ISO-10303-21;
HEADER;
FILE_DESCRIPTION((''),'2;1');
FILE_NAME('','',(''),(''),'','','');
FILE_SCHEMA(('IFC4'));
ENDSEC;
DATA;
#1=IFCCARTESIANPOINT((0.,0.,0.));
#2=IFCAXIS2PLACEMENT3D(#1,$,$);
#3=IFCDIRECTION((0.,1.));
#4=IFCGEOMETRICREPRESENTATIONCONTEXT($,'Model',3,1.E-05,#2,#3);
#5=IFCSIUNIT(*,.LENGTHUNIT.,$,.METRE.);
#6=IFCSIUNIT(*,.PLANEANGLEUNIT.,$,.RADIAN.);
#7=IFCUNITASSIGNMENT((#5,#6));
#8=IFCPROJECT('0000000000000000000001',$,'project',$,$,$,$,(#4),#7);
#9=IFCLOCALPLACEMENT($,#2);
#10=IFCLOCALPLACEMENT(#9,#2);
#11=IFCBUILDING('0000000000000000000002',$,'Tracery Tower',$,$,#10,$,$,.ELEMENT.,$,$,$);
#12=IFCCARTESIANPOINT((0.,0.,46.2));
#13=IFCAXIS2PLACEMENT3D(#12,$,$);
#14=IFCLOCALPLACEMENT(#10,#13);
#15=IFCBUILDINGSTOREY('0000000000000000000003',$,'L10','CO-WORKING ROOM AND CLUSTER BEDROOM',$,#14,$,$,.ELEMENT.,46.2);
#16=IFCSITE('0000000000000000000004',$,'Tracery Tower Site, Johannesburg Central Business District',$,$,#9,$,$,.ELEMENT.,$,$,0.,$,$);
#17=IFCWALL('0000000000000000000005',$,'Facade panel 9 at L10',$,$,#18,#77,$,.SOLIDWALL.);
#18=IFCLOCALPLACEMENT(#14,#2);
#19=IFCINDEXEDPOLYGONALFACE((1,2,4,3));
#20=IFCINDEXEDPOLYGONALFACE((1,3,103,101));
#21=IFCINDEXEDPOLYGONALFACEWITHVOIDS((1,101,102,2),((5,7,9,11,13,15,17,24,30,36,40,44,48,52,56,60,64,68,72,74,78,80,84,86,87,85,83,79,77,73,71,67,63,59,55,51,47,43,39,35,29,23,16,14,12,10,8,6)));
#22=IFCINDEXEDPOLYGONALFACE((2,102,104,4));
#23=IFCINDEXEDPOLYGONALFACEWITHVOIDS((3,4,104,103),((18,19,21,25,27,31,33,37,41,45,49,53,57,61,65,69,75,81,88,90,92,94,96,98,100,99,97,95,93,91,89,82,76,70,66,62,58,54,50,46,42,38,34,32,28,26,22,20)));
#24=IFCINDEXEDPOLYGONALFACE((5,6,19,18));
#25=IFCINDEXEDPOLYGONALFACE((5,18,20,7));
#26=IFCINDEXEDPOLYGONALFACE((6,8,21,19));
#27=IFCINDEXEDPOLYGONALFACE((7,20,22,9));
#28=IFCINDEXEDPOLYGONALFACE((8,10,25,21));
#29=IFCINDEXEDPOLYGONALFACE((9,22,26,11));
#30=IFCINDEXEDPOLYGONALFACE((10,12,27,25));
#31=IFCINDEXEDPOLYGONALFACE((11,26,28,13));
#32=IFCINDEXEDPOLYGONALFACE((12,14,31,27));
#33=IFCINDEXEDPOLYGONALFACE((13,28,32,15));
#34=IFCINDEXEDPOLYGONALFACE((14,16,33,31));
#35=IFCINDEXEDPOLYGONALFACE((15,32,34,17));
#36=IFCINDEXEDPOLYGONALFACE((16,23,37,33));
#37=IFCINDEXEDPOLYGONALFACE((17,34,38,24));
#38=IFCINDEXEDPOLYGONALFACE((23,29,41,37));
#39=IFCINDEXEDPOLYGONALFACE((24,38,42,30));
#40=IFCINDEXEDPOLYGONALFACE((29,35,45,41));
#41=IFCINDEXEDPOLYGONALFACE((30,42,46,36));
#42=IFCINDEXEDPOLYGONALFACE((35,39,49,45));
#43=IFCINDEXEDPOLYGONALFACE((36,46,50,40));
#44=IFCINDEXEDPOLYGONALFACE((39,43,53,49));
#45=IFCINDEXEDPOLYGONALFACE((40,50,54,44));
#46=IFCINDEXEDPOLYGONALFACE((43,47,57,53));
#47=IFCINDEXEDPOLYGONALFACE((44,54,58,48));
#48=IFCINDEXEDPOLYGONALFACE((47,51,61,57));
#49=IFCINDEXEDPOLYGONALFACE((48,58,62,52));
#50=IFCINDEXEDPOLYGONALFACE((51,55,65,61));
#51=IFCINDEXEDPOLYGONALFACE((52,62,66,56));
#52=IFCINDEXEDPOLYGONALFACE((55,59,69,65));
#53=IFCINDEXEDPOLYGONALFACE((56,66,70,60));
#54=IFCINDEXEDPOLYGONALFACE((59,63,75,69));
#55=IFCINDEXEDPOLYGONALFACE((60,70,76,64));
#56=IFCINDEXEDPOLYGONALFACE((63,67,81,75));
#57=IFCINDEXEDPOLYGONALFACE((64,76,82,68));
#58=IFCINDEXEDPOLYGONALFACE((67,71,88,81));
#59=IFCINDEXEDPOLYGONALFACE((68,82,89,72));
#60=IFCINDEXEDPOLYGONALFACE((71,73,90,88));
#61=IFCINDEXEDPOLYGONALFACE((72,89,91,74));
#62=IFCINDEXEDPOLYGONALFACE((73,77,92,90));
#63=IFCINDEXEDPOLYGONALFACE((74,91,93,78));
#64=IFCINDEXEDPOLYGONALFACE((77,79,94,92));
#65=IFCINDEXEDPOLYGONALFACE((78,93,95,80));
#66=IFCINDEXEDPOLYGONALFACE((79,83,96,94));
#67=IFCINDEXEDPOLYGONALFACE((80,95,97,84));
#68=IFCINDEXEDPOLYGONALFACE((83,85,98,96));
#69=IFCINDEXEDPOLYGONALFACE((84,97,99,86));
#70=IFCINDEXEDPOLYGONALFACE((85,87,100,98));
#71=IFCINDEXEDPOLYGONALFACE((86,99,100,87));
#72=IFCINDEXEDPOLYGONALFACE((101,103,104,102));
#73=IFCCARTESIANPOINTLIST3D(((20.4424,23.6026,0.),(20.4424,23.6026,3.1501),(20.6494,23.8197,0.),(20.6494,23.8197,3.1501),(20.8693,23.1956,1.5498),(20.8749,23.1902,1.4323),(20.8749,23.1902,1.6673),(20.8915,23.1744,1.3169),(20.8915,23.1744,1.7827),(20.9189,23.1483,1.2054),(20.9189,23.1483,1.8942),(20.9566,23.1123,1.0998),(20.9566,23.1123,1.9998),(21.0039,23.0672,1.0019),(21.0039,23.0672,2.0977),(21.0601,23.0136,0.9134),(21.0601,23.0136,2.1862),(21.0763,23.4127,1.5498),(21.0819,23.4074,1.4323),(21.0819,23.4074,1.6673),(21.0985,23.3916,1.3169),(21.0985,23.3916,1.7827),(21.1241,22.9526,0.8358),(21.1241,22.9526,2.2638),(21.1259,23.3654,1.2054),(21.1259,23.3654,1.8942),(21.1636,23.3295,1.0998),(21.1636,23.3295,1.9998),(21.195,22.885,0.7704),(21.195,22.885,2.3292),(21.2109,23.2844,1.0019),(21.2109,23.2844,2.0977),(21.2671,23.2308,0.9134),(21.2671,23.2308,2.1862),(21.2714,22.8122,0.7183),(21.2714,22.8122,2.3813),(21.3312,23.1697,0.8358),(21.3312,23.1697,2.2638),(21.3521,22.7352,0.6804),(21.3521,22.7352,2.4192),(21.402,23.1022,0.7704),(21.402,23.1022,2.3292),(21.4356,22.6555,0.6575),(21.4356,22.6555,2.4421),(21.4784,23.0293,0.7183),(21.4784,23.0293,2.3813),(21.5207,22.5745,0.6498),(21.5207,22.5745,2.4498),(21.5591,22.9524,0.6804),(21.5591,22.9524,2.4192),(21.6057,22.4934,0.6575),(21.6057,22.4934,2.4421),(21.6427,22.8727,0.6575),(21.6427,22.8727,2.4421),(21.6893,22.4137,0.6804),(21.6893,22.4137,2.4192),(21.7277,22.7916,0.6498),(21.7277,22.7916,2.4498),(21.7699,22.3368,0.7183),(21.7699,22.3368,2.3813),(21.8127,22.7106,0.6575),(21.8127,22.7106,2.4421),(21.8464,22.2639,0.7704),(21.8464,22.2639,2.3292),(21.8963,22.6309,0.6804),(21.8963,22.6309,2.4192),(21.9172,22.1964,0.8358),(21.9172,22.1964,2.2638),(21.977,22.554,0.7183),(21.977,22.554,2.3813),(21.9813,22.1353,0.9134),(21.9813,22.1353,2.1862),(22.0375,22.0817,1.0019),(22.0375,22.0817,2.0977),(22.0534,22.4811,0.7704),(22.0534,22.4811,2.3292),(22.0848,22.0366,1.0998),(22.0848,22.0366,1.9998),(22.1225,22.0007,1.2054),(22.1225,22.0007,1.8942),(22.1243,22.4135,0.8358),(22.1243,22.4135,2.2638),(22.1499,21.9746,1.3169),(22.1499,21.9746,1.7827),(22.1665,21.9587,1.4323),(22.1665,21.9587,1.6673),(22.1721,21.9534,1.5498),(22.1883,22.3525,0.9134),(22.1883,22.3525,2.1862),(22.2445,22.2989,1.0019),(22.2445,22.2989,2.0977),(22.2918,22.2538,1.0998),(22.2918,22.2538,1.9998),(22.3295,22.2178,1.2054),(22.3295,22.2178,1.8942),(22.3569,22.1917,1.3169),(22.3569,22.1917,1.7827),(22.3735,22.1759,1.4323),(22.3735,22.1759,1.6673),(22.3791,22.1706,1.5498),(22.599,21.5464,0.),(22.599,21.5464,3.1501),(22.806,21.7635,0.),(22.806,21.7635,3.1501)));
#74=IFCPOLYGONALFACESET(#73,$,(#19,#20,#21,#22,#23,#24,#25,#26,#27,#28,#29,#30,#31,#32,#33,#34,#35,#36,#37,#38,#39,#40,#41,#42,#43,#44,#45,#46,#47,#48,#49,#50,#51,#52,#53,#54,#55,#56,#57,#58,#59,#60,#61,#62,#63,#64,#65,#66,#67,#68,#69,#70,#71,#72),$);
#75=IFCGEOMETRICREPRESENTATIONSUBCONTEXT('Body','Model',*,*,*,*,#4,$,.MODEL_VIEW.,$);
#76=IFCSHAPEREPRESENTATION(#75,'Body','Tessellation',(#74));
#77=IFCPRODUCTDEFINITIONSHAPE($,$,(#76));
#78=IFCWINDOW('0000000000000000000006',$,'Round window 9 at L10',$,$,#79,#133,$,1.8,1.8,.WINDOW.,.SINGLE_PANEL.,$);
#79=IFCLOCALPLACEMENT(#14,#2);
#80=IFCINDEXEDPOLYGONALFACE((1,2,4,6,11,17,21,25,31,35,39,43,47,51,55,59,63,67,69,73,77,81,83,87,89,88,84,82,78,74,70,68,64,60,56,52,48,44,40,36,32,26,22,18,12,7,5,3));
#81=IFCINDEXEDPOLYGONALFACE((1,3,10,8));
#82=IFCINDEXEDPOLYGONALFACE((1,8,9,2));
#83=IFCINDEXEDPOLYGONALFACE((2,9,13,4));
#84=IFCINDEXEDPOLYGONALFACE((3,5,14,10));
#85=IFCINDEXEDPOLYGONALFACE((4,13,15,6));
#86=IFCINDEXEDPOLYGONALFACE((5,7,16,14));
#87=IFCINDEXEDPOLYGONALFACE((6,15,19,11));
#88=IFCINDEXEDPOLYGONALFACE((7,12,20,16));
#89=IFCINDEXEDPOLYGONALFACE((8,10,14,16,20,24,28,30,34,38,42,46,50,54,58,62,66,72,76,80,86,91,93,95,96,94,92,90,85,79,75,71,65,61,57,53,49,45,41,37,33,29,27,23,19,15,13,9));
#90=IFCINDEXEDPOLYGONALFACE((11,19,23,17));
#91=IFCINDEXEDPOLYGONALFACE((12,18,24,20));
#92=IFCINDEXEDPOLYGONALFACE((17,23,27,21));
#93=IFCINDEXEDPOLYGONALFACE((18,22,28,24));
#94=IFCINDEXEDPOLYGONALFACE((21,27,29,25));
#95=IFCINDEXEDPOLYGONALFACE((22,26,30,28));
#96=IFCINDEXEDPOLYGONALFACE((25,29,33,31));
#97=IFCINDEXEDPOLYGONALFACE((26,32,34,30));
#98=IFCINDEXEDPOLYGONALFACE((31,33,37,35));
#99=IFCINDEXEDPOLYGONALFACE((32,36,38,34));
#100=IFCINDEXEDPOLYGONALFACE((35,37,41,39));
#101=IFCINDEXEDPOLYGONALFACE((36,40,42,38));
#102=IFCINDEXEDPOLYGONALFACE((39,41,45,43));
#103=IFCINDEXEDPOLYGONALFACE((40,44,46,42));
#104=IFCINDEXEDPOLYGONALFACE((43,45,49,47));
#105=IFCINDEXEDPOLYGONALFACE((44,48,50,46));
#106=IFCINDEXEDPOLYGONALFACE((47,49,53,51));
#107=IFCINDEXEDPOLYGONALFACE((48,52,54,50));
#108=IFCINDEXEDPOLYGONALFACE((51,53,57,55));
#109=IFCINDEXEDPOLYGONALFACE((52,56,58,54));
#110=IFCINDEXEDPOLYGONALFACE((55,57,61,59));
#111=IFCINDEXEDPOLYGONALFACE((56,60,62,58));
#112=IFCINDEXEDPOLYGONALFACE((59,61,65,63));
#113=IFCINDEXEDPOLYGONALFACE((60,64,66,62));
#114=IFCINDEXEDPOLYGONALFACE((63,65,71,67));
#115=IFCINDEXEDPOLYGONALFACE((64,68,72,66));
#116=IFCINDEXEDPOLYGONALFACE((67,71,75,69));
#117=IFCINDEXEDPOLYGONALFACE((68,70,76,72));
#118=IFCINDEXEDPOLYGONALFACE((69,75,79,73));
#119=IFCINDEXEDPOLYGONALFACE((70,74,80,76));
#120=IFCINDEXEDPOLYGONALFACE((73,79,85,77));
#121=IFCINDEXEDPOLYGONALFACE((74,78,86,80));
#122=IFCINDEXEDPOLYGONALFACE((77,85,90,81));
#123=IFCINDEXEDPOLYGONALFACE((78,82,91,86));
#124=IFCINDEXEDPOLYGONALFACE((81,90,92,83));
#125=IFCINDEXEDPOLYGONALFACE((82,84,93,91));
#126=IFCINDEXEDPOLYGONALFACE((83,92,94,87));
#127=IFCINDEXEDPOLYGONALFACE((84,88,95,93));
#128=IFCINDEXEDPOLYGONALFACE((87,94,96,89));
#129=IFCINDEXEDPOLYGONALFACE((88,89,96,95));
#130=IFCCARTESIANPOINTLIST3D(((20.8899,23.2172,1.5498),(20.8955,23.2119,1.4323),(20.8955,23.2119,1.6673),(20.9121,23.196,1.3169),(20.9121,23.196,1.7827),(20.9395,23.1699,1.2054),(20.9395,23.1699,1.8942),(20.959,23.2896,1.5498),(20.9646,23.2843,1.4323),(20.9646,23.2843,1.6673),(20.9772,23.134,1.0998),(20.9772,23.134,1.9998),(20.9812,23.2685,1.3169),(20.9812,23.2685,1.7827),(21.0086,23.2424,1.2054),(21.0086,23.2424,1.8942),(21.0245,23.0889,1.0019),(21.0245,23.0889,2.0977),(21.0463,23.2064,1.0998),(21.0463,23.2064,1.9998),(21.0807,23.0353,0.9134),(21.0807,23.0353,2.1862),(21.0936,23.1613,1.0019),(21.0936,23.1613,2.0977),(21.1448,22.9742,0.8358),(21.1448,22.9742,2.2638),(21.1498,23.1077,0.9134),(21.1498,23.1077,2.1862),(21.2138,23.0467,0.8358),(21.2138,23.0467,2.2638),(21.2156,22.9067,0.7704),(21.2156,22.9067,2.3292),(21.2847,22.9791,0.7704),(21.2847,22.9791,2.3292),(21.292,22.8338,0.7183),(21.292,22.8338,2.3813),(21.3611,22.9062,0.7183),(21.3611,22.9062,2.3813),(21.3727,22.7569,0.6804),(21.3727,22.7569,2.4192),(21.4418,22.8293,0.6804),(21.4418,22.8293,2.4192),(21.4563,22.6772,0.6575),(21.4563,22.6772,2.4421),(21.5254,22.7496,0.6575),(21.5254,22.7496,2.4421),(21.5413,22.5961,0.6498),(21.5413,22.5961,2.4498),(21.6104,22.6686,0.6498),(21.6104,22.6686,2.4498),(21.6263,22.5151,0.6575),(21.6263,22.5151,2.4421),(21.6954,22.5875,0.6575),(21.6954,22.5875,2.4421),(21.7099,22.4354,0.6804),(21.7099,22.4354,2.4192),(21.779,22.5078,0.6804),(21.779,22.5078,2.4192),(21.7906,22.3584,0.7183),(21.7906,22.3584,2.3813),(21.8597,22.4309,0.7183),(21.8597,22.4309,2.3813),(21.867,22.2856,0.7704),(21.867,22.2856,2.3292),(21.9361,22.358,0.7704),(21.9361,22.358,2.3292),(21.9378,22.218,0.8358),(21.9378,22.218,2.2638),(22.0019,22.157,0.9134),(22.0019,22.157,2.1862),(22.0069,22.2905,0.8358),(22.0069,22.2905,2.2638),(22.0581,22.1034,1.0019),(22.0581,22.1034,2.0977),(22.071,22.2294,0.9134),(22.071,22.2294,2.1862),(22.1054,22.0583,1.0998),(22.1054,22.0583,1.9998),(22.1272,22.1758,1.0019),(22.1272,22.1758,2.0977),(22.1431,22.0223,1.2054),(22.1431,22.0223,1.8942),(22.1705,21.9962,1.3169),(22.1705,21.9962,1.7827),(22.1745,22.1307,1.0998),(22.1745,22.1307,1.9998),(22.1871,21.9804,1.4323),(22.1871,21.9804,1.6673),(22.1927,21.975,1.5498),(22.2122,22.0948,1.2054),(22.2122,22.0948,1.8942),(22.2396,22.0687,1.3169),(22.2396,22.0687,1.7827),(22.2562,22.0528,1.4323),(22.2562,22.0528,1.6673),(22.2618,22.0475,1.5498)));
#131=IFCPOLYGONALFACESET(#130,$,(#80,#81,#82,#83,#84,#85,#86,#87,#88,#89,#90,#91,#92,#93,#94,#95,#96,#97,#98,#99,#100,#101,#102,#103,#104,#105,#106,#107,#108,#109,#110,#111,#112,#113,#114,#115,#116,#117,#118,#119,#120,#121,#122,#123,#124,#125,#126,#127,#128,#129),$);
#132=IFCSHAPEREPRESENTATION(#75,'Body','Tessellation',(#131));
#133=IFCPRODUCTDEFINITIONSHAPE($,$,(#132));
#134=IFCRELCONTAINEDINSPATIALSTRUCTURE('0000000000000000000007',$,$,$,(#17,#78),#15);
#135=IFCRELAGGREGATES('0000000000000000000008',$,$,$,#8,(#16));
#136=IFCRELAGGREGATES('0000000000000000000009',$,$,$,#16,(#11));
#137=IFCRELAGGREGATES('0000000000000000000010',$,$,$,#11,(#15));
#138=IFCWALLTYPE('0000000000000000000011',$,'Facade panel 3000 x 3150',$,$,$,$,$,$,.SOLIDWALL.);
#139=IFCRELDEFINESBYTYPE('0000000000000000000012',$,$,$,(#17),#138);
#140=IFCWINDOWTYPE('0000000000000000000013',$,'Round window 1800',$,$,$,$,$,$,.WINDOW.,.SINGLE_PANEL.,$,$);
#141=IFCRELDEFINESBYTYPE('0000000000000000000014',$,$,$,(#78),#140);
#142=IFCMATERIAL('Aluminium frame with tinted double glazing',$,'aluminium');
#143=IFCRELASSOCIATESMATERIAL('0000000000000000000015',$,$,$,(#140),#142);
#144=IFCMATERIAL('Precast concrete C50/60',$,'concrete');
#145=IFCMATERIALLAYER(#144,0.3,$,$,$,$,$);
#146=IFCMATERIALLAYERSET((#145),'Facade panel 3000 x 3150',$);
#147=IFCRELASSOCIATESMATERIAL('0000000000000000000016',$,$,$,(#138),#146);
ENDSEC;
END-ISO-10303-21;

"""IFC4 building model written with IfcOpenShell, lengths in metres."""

from ifc_helpers import new_model, si_unit, direction, frame, frame_2d, origin, origin_2d, place, context, subcontext, project, spatial, rectangle, circle, extrude, material, layer, layer_set, type_object, element, fill, save


model = new_model("IFC4")

# Units and contexts
model_context = context("Model", 3, precision=1e-05, world=origin(), true_north=direction((0.0, 1.0)))
body_context = subcontext(model_context, "Body", "Model", "MODEL_VIEW")
ifc_project = project(units=[si_unit("LENGTHUNIT", "METRE"), si_unit("PLANEANGLEUNIT", "RADIAN")], contexts=[model_context])

# Site, building, storey
site_placement = place(None, origin())
site = spatial("IfcSite", under=ifc_project, at=site_placement, Name="Tracery Tower Site, Johannesburg Central Business District", CompositionType="ELEMENT", RefElevation=0.0)
building_placement = place(site_placement, origin())
building = spatial("IfcBuilding", under=site, at=building_placement, Name="Tracery Tower", CompositionType="ELEMENT")
storey_placement = place(building_placement, frame((0.0, 0.0, 46.2)))
storey = spatial("IfcBuildingStorey", under=building, at=storey_placement, Name="L10", Description="CO-WORKING ROOM AND CLUSTER BEDROOM", CompositionType="ELEMENT", Elevation=46.2)

# Wall, opening, window
ifc_material_1 = material(Name="Aluminium frame with tinted double glazing", Category="aluminium")
window_type = type_object("IfcWindowType", Name="Round window 1800", PartitioningType="SINGLE_PANEL", PredefinedType="WINDOW", material=ifc_material_1)
ifc_material_2 = material(Name="Precast concrete C50/60", Category="concrete")
ifc_layer_1 = layer(ifc_material_2, 0.3)
ifc_layer_set_1 = layer_set([ifc_layer_1], Name="Facade panel 3000 x 3150")
wall_type_1 = type_object("IfcWallType", Name="Facade panel 3000 x 3150", PredefinedType="SOLIDWALL", material=ifc_layer_set_1)
wall_1_placement = place(storey_placement, frame((22.7024, 21.655, 0.0), z_axis=(0.0, 0.0, 1.0), x_axis=(-0.723744, 0.690068, 0.0)))
wall_1 = element("IfcWall", 1, at=wall_1_placement, inside=storey, type_object=wall_type_1, Name="Facade panel 9 at L10", PredefinedType="SOLIDWALL", context=body_context, shape_type="SweptSolid", body=[
    extrude(rectangle(XDim=2.9797, YDim=0.3, at=frame_2d((1.4897, 0.0))), origin(), (0.0, 0.0, 1.0), 3.1501),
])
opening_1_placement = place(wall_1_placement, frame((1.4897, 0.0, 1.5498)))
opening_1 = element("IfcOpeningElement", 2, at=opening_1_placement, cuts=wall_1, PredefinedType="OPENING", context=body_context, shape_type="SweptSolid", body=[
    extrude(circle(Radius=0.9, at=origin_2d()), frame((0.0, 0.1599, 0.0), z_axis=(0.0, -1.0, 0.0), x_axis=(1.0, 0.0, 0.0)), (0.0, 0.0, 1.0), 0.3201),
])
window_1_placement = place(opening_1_placement, origin())
window_1 = element("IfcWindow", 3, at=window_1_placement, inside=storey, type_object=window_type, Name="Round window 9 at L10", OverallHeight=1.8, OverallWidth=1.8, PartitioningType="SINGLE_PANEL", PredefinedType="WINDOW", context=body_context, shape_type="SweptSolid", body=[
    extrude(circle(Radius=0.9, at=origin_2d()), frame((0.0, 0.1201, 0.0), z_axis=(0.0, -1.0, 0.0), x_axis=(1.0, 0.0, 0.0)), (0.0, 0.0, 1.0), 0.1001),
])
fill(opening_1, window_1)

save(model, "model.ifc")
